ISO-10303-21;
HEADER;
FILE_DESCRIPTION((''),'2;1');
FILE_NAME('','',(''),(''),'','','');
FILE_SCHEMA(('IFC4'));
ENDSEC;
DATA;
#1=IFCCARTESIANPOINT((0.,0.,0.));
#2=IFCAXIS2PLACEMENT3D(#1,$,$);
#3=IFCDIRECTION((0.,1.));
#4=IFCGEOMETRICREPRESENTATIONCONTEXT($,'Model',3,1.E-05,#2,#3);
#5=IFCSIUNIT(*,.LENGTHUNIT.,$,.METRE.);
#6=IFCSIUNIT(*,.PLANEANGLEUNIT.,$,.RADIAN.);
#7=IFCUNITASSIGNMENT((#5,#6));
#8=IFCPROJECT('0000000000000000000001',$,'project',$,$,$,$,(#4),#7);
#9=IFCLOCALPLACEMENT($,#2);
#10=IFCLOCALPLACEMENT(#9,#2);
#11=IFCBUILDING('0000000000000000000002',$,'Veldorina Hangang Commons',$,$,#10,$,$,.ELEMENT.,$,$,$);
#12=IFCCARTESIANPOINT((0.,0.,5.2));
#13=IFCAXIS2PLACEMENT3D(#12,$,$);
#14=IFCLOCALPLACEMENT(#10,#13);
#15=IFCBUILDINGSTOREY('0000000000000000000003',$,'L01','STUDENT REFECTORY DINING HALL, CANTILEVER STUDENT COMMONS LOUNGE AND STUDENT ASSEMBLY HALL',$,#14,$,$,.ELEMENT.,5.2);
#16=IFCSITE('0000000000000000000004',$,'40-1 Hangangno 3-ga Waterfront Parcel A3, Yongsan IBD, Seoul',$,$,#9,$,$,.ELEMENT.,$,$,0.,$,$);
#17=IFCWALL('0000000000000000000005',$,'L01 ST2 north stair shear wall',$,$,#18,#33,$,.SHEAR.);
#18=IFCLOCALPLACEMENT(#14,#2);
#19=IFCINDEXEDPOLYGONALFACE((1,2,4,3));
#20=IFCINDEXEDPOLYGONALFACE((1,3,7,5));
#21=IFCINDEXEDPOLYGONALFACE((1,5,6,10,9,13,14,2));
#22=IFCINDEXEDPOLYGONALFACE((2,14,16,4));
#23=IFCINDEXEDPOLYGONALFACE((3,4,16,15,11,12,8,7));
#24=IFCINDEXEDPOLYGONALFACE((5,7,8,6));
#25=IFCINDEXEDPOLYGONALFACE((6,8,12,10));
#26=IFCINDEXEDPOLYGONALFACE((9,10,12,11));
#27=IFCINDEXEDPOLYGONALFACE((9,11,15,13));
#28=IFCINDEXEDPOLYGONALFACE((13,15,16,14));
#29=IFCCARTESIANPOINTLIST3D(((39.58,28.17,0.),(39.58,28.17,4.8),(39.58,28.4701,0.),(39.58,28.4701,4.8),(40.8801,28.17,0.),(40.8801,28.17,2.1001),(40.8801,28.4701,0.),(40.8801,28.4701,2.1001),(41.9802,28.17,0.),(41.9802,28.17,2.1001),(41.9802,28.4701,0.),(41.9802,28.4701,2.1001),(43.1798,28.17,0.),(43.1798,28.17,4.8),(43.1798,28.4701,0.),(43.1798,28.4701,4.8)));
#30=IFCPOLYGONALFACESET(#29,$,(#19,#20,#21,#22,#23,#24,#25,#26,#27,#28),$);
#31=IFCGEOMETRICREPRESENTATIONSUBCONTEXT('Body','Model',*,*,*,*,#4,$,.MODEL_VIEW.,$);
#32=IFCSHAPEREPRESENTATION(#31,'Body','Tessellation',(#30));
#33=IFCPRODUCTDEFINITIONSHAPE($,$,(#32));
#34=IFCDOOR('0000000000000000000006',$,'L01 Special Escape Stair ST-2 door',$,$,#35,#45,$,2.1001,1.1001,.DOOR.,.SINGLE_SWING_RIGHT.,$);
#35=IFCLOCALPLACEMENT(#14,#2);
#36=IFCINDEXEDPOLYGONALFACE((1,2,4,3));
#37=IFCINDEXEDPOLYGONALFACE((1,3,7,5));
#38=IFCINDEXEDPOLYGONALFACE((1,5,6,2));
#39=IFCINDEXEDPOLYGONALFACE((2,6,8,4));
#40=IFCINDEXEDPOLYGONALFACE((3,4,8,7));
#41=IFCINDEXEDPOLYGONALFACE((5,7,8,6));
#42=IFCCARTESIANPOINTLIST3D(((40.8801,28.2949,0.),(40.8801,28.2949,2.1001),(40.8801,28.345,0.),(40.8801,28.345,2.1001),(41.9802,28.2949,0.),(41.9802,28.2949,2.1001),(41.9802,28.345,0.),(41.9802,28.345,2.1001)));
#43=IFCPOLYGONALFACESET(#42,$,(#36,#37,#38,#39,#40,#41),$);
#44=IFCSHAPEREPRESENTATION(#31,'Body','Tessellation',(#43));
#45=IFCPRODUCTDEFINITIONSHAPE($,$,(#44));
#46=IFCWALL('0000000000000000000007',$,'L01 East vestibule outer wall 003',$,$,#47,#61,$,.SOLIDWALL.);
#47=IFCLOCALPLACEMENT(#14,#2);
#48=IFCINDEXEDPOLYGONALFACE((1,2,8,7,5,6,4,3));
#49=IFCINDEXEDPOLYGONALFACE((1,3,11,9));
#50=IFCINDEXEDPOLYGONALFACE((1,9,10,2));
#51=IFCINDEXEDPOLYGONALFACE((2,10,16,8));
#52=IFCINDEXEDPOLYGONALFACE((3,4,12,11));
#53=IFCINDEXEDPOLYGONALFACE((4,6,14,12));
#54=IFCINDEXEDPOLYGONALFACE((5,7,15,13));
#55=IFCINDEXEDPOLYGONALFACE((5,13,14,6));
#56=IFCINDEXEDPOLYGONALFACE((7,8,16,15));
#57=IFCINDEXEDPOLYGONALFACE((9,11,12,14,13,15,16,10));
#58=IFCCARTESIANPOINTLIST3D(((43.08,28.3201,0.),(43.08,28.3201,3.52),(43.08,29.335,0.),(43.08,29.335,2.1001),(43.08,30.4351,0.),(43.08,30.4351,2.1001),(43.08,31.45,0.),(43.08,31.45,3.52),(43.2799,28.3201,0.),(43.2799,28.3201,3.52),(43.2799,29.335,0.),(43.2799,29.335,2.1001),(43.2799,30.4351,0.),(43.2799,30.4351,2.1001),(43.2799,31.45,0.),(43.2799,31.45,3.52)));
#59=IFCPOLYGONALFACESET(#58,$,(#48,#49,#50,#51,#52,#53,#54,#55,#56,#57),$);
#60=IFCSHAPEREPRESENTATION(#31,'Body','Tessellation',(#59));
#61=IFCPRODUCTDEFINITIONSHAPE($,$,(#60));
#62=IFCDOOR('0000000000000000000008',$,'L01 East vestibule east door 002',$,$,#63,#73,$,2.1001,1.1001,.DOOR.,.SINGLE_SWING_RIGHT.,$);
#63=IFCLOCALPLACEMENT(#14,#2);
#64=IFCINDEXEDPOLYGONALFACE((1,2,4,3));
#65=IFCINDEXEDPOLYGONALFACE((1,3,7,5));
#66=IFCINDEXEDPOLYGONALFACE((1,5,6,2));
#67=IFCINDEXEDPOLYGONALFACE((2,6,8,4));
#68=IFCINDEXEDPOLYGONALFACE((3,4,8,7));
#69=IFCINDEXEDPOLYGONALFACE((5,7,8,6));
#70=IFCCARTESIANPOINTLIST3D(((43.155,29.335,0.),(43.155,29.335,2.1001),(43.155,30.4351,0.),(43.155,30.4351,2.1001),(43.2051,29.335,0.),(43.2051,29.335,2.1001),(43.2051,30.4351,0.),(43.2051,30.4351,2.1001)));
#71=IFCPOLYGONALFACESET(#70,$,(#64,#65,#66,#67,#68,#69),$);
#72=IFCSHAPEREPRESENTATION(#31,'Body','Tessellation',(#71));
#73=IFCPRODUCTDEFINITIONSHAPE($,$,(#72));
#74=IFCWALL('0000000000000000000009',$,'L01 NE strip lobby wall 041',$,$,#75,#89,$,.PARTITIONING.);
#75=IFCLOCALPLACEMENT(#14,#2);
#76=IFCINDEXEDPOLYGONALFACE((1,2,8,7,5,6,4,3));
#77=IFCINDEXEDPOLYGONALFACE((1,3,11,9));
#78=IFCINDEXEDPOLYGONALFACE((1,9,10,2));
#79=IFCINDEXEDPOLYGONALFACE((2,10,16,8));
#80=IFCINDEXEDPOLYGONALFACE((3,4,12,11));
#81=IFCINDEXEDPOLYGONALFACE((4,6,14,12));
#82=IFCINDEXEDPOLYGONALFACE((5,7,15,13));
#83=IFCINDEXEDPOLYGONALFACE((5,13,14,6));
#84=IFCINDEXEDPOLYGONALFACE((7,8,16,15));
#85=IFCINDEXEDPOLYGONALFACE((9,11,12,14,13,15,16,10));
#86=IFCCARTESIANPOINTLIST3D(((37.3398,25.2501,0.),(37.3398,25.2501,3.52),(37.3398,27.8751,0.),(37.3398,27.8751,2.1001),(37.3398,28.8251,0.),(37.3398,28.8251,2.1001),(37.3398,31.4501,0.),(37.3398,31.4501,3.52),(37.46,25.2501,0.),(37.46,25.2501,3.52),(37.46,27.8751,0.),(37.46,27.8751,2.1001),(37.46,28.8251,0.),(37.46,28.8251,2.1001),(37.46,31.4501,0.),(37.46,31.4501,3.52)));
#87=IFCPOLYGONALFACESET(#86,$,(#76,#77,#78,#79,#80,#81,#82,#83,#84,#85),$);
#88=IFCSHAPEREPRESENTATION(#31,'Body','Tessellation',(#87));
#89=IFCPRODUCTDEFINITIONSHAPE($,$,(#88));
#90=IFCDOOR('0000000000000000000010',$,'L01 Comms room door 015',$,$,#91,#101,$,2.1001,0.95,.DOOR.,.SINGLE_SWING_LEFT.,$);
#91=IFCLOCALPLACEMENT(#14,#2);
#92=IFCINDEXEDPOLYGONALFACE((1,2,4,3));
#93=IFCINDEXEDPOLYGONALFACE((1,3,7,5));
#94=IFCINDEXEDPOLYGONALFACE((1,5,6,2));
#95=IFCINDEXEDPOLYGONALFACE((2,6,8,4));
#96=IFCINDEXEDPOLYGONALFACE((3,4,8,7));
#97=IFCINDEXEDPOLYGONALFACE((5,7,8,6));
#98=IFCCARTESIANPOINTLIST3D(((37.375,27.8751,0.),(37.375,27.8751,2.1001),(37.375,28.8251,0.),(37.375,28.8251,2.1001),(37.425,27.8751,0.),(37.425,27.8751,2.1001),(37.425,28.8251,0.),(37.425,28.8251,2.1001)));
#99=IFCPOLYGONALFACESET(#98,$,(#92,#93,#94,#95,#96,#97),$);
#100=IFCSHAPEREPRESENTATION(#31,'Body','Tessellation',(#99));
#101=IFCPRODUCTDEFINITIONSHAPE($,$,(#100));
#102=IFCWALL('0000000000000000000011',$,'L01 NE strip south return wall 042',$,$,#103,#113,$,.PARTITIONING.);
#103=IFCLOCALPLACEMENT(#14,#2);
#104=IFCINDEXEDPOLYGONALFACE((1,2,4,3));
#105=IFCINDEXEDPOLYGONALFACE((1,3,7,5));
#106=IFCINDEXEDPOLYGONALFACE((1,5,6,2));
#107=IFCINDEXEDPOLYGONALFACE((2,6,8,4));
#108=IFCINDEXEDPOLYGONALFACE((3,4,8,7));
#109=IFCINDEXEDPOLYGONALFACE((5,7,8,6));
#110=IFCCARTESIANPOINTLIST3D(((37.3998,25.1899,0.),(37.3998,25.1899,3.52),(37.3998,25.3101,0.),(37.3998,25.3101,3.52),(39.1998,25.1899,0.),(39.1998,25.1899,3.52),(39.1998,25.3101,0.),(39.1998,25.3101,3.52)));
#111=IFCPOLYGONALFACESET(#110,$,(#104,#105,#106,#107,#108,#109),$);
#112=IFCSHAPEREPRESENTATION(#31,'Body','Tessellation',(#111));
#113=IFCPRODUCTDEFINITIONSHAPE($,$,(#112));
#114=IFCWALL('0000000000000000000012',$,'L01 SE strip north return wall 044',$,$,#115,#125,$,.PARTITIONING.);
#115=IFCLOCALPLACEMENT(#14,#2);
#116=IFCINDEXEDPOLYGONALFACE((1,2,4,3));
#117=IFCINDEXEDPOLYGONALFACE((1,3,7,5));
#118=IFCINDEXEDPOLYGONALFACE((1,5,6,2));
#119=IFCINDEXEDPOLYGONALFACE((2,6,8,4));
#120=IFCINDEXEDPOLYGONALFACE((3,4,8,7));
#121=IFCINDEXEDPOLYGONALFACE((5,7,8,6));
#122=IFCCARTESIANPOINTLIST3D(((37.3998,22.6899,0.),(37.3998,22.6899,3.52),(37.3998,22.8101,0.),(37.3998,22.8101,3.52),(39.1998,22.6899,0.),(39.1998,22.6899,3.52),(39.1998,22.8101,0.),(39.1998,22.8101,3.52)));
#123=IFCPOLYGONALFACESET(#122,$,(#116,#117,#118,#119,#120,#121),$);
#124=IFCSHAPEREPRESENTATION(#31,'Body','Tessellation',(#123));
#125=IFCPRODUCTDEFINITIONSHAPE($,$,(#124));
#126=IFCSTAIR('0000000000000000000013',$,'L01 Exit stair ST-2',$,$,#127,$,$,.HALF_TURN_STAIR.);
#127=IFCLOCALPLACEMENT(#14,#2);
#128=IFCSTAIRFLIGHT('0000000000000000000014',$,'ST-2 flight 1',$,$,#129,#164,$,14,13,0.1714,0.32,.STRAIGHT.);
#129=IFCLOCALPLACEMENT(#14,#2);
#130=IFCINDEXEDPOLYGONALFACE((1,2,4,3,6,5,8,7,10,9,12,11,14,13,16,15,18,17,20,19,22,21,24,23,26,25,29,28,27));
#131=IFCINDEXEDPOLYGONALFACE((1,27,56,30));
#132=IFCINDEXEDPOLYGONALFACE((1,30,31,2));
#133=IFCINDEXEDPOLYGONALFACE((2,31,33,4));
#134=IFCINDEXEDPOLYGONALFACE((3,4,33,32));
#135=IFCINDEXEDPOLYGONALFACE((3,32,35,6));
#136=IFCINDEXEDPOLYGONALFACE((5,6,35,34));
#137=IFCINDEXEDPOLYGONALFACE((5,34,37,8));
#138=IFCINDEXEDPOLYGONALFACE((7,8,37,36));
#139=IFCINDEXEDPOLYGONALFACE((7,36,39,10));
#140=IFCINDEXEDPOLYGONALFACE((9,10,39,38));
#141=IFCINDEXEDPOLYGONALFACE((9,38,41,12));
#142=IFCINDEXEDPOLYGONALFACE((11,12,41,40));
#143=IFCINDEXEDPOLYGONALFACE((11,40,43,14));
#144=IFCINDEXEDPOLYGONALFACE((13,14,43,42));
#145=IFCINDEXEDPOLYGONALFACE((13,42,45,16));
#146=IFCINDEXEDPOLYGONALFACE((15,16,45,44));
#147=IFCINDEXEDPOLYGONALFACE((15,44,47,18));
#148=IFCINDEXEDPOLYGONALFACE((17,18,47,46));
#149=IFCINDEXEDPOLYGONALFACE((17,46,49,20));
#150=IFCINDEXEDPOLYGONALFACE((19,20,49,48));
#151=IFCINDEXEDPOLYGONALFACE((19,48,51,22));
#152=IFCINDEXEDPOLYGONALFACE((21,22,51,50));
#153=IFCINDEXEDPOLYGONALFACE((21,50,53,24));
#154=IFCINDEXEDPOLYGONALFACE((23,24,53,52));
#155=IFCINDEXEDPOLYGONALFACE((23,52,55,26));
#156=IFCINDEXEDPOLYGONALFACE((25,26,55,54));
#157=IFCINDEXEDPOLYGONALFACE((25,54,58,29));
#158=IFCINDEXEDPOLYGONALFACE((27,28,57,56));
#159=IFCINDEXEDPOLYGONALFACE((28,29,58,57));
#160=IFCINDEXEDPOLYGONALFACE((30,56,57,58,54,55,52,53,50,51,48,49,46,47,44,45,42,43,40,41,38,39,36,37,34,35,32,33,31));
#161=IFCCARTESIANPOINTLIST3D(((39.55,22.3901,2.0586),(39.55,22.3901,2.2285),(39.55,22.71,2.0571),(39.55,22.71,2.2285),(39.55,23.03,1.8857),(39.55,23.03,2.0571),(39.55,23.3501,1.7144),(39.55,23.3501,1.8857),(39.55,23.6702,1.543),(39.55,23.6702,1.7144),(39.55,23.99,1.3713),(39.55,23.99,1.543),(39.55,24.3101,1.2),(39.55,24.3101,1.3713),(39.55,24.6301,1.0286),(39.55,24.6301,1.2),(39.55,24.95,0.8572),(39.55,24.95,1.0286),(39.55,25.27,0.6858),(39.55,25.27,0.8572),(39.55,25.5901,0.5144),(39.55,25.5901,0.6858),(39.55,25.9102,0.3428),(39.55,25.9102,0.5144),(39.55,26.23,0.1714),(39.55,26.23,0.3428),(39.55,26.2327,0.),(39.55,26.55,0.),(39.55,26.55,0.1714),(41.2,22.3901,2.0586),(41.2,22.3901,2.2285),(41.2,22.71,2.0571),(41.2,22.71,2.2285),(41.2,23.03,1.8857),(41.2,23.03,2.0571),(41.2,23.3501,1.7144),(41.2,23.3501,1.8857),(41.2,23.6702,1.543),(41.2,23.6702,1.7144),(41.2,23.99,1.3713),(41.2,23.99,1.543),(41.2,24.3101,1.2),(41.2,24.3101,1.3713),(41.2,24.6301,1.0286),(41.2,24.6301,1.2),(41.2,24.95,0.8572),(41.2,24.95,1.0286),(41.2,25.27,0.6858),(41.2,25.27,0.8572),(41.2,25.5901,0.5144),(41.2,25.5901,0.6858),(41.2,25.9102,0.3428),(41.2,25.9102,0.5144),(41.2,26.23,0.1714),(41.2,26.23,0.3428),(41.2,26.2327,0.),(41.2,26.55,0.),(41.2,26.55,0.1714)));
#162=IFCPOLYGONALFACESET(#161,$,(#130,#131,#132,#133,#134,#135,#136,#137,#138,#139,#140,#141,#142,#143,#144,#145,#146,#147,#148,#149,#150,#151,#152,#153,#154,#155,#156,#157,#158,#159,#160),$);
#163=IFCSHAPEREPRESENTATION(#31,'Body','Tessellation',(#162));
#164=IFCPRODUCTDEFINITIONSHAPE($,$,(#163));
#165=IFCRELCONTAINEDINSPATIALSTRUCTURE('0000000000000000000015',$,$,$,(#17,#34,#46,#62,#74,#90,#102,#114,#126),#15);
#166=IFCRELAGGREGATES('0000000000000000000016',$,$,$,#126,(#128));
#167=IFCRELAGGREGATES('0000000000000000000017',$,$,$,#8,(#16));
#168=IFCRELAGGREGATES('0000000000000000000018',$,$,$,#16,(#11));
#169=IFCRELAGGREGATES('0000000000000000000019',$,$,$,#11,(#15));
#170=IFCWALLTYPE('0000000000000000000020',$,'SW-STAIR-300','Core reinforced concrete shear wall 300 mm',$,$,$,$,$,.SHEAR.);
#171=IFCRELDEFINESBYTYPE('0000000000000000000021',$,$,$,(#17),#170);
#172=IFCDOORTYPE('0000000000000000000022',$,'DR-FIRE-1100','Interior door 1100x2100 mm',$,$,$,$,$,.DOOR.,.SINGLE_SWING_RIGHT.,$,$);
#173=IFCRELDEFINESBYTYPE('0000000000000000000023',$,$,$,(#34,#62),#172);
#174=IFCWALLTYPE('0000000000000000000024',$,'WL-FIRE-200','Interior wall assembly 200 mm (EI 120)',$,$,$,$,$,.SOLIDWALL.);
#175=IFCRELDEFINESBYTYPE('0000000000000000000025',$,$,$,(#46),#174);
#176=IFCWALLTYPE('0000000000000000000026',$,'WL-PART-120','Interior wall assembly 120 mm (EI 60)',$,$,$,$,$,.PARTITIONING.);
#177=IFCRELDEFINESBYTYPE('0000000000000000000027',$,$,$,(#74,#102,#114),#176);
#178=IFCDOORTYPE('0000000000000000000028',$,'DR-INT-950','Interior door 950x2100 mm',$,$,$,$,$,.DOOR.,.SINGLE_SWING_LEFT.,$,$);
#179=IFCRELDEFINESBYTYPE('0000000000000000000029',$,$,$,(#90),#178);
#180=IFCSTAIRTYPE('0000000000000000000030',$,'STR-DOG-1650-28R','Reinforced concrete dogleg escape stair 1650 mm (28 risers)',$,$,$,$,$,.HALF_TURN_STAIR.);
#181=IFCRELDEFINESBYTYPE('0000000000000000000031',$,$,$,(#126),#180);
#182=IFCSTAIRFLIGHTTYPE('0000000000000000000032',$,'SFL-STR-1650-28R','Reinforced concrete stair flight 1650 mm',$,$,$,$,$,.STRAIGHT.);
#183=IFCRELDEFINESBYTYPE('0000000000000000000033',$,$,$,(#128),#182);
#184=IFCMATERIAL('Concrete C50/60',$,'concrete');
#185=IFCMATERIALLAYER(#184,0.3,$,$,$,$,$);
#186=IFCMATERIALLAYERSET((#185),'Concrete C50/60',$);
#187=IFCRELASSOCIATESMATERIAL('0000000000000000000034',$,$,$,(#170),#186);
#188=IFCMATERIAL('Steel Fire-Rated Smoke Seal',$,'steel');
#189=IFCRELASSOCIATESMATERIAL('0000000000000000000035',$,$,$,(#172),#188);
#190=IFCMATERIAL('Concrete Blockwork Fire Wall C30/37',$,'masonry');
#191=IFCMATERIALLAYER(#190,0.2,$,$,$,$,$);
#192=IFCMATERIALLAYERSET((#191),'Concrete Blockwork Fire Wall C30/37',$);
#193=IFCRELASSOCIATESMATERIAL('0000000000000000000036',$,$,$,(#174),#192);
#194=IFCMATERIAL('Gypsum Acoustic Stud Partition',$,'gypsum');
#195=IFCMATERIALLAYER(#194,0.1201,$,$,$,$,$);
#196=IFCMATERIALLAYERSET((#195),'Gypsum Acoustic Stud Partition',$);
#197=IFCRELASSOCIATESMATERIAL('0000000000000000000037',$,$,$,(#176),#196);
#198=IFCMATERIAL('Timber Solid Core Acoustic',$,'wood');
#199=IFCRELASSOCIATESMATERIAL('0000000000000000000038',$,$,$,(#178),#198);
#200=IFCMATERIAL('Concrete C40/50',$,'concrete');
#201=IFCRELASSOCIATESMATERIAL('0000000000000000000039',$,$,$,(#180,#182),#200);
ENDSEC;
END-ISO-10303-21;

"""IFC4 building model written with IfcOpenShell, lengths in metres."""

from ifc_helpers import new_model, si_unit, direction, frame, frame_2d, origin, place, context, subcontext, project, spatial, polyline, rectangle, outline, extrude, material, layer, layer_set, type_object, element, fill, aggregate, save


model = new_model("IFC4")

# Units and contexts
model_context = context("Model", 3, precision=1e-05, world=origin(), true_north=direction((0.0, 1.0)))
body_context = subcontext(model_context, "Body", "Model", "MODEL_VIEW")
ifc_project = project(units=[si_unit("LENGTHUNIT", "METRE"), si_unit("PLANEANGLEUNIT", "RADIAN")], contexts=[model_context])

# Site, building, storey
site_placement = place(None, origin())
site = spatial("IfcSite", under=ifc_project, at=site_placement, Name="40-1 Hangangno 3-ga Waterfront Parcel A3, Yongsan IBD, Seoul", CompositionType="ELEMENT", RefElevation=0.0)
building_placement = place(site_placement, origin())
building = spatial("IfcBuilding", under=site, at=building_placement, Name="Veldorina Hangang Commons", CompositionType="ELEMENT")
storey_placement = place(building_placement, frame((0.0, 0.0, 5.2)))
storey = spatial("IfcBuildingStorey", under=building, at=storey_placement, Name="L01", Description="STUDENT REFECTORY DINING HALL, CANTILEVER STUDENT COMMONS LOUNGE AND STUDENT ASSEMBLY HALL", CompositionType="ELEMENT", Elevation=5.2)

# Walls, openings, doors
ifc_material_1 = material(Name="Concrete C50/60", Category="concrete")
ifc_layer_1 = layer(ifc_material_1, 0.3)
ifc_layer_set_1 = layer_set([ifc_layer_1], Name="Concrete C50/60")
wall_type_1 = type_object("IfcWallType", Name="SW-STAIR-300", Description="Core reinforced concrete shear wall 300 mm", PredefinedType="SHEAR", material=ifc_layer_set_1)
wall_1_placement = place(storey_placement, frame((39.5801, 28.3201, 0.0), z_axis=(0.0, 0.0, 1.0), x_axis=(1.0, 0.0, 0.0)))
wall_1 = element("IfcWall", 1, at=wall_1_placement, inside=storey, type_object=wall_type_1, Name="L01 ST2 north stair shear wall", PredefinedType="SHEAR", context=body_context, shape_type="SweptSolid", body=[
    extrude(rectangle(XDim=3.5999, YDim=0.3, at=frame_2d((1.7998, 0.0))), origin(), (0.0, 0.0, 1.0), 4.8),
])
opening_1_placement = place(wall_1_placement, frame((1.3, 0.0, 0.0)))
opening_1 = element("IfcOpeningElement", 2, at=opening_1_placement, cuts=wall_1, PredefinedType="OPENING", context=body_context, shape_type="SweptSolid", body=[
    extrude(rectangle(XDim=1.1001, YDim=2.1001, at=frame_2d((0.55, 1.05))), frame((0.0, 0.1602, 0.0), z_axis=(0.0, -1.0, 0.0), x_axis=(1.0, 0.0, 0.0)), (0.0, 0.0, 1.0), 0.3201),
])
ifc_material_2 = material(Name="Steel Fire-Rated Smoke Seal", Category="steel")
door_type_1 = type_object("IfcDoorType", Name="DR-FIRE-1100", Description="Interior door 1100x2100 mm", OperationType="SINGLE_SWING_RIGHT", PredefinedType="DOOR", material=ifc_material_2)
door_1_placement = place(opening_1_placement, origin())
door_1 = element("IfcDoor", 3, at=door_1_placement, inside=storey, type_object=door_type_1, Name="L01 Special Escape Stair ST-2 door", OperationType="SINGLE_SWING_RIGHT", OverallHeight=2.1001, OverallWidth=1.1001, PredefinedType="DOOR", context=body_context, shape_type="SweptSolid", body=[
    extrude(rectangle(XDim=1.1001, YDim=2.1001, at=frame_2d((0.55, 1.05))), frame((0.0, 0.0249, 0.0), z_axis=(0.0, -1.0, 0.0), x_axis=(1.0, 0.0, 0.0)), (0.0, 0.0, 1.0), 0.05),
])
fill(opening_1, door_1)
ifc_material_3 = material(Name="Concrete Blockwork Fire Wall C30/37", Category="masonry")
ifc_layer_2 = layer(ifc_material_3, 0.2)
ifc_layer_set_2 = layer_set([ifc_layer_2], Name="Concrete Blockwork Fire Wall C30/37")
wall_type_2 = type_object("IfcWallType", Name="WL-FIRE-200", Description="Interior wall assembly 200 mm (EI 120)", PredefinedType="SOLIDWALL", material=ifc_layer_set_2)
wall_2_placement = place(storey_placement, frame((43.1799, 28.3201, 0.0), z_axis=(0.0, 0.0, 1.0), x_axis=(0.0, 1.0, 0.0)))
wall_2 = element("IfcWall", 4, at=wall_2_placement, inside=storey, type_object=wall_type_2, Name="L01 East vestibule outer wall 003", PredefinedType="SOLIDWALL", context=body_context, shape_type="SweptSolid", body=[
    extrude(rectangle(XDim=3.1299, YDim=0.2, at=frame_2d((1.5649, 0.0))), origin(), (0.0, 0.0, 1.0), 3.52),
])
opening_2_placement = place(wall_2_placement, frame((1.0149, 0.0, 0.0)))
opening_2 = element("IfcOpeningElement", 5, at=opening_2_placement, cuts=wall_2, PredefinedType="OPENING", context=body_context, shape_type="SweptSolid", body=[
    extrude(rectangle(XDim=1.1001, YDim=2.1001, at=frame_2d((0.55, 1.05))), frame((0.0, 0.1099, 0.0), z_axis=(0.0, -1.0, 0.0), x_axis=(1.0, 0.0, 0.0)), (0.0, 0.0, 1.0), 0.22),
])
door_2_placement = place(opening_2_placement, origin())
door_2 = element("IfcDoor", 6, at=door_2_placement, inside=storey, type_object=door_type_1, Name="L01 East vestibule east door 002", OperationType="SINGLE_SWING_RIGHT", OverallHeight=2.1001, OverallWidth=1.1001, PredefinedType="DOOR", context=body_context, shape_type="SweptSolid", body=[
    extrude(rectangle(XDim=1.1001, YDim=2.1001, at=frame_2d((0.55, 1.05))), frame((0.0, 0.0249, 0.0), z_axis=(0.0, -1.0, 0.0), x_axis=(1.0, 0.0, 0.0)), (0.0, 0.0, 1.0), 0.05),
])
fill(opening_2, door_2)
ifc_material_4 = material(Name="Gypsum Acoustic Stud Partition", Category="gypsum")
ifc_layer_3 = layer(ifc_material_4, 0.1201)
ifc_layer_set_3 = layer_set([ifc_layer_3], Name="Gypsum Acoustic Stud Partition")
wall_type_3 = type_object("IfcWallType", Name="WL-PART-120", Description="Interior wall assembly 120 mm (EI 60)", PredefinedType="PARTITIONING", material=ifc_layer_set_3)
wall_3_placement = place(storey_placement, frame((37.3999, 25.25, 0.0), z_axis=(0.0, 0.0, 1.0), x_axis=(0.0, 1.0, 0.0)))
wall_3 = element("IfcWall", 7, at=wall_3_placement, inside=storey, type_object=wall_type_3, Name="L01 NE strip lobby wall 041", PredefinedType="PARTITIONING", context=body_context, shape_type="SweptSolid", body=[
    extrude(rectangle(XDim=6.2, YDim=0.1201, at=frame_2d((3.1001, 0.0))), origin(), (0.0, 0.0, 1.0), 3.52),
])
opening_3_placement = place(wall_3_placement, frame((2.625, 0.0, 0.0)))
opening_3 = element("IfcOpeningElement", 8, at=opening_3_placement, cuts=wall_3, PredefinedType="OPENING", context=body_context, shape_type="SweptSolid", body=[
    extrude(rectangle(XDim=0.95, YDim=2.1001, at=frame_2d((0.4751, 1.05))), frame((0.0, 0.0701, 0.0), z_axis=(0.0, -1.0, 0.0), x_axis=(1.0, 0.0, 0.0)), (0.0, 0.0, 1.0), 0.1401),
])
ifc_material_5 = material(Name="Timber Solid Core Acoustic", Category="wood")
door_type_2 = type_object("IfcDoorType", Name="DR-INT-950", Description="Interior door 950x2100 mm", OperationType="SINGLE_SWING_LEFT", PredefinedType="DOOR", material=ifc_material_5)
door_3_placement = place(opening_3_placement, origin())
door_3 = element("IfcDoor", 9, at=door_3_placement, inside=storey, type_object=door_type_2, Name="L01 Comms room door 015", OperationType="SINGLE_SWING_LEFT", OverallHeight=2.1001, OverallWidth=0.95, PredefinedType="DOOR", context=body_context, shape_type="SweptSolid", body=[
    extrude(rectangle(XDim=0.95, YDim=2.1001, at=frame_2d((0.4751, 1.05))), frame((0.0, 0.0249, 0.0), z_axis=(0.0, -1.0, 0.0), x_axis=(1.0, 0.0, 0.0)), (0.0, 0.0, 1.0), 0.05),
])
fill(opening_3, door_3)

# Walls
for number, where, z_axis, x_axis, name in (
    (10, (37.3999, 25.25, 0.0), (0.0, 0.0, 1.0), (1.0, 0.0, 0.0), "L01 NE strip south return wall 042"),
    (11, (37.3999, 22.75, 0.0), (0.0, 0.0, 1.0), (1.0, 0.0, 0.0), "L01 SE strip north return wall 044"),
):
    element("IfcWall", number, at=place(storey_placement, frame(where, z_axis=z_axis, x_axis=x_axis)), inside=storey, type_object=wall_type_3, Name=name, PredefinedType="PARTITIONING", context=body_context, shape_type="SweptSolid", body=[
        extrude(rectangle(XDim=1.8, YDim=0.1201, at=frame_2d((0.8999, 0.0))), origin(), (0.0, 0.0, 1.0), 3.52),
    ])

# Stair, stair flight
ifc_material_6 = material(Name="Concrete C40/50", Category="concrete")
stair_type = type_object("IfcStairType", Name="STR-DOG-1650-28R", Description="Reinforced concrete dogleg escape stair 1650 mm (28 risers)", PredefinedType="HALF_TURN_STAIR", material=ifc_material_6)
stair_placement = place(storey_placement, origin())
stair = element("IfcStair", 12, at=stair_placement, inside=storey, type_object=stair_type, Name="L01 Exit stair ST-2", PredefinedType="HALF_TURN_STAIR")
stair_flight_type = type_object("IfcStairFlightType", Name="SFL-STR-1650-28R", Description="Reinforced concrete stair flight 1650 mm", PredefinedType="STRAIGHT", material=ifc_material_6)
stair_flight_1_placement = place(storey_placement, frame((40.375, 26.55, 0.0), z_axis=(0.0, 0.0, 1.0), x_axis=(0.0, -1.0, 0.0)))
stair_flight_1 = element("IfcStairFlight", 13, at=stair_flight_1_placement, type_object=stair_flight_type, Name="ST-2 flight 1", NumberOfRisers=14, NumberOfTreads=13, PredefinedType="STRAIGHT", RiserHeight=0.1714, TreadLength=0.32, context=body_context, shape_type="SweptSolid", body=[
    extrude(outline(polyline([(0.0, 0.0), (0.0, 0.1714), (0.3201, 0.1714), (0.3201, 0.3428), (0.6399, 0.3428), (0.6399, 0.5144), (0.96, 0.5144), (0.96, 0.6858), (1.28, 0.6858), (1.28, 0.8572), (1.6001, 0.8572), (1.6001, 1.0286), (1.9199, 1.0286), (1.9199, 1.2), (2.24, 1.2), (2.24, 1.3713), (2.5601, 1.3713), (2.5601, 1.543), (2.8799, 1.543), (2.8799, 1.7144), (3.2, 1.7144), (3.2, 1.8857), (3.52, 1.8857), (3.52, 2.0571), (3.8401, 2.0571), (3.8401, 2.2285), (4.1599, 2.2285), (4.1599, 2.3999), (4.1599, 2.0586), (0.3174, 0.0), (0.0, 0.0)])), frame((0.0, 0.825, 0.0), z_axis=(0.0, -1.0, 0.0), x_axis=(1.0, 0.0, 0.0)), (0.0, 0.0, 1.0), 1.6499),
])
aggregate(stair, [stair_flight_1])

save(model, "model.ifc")
